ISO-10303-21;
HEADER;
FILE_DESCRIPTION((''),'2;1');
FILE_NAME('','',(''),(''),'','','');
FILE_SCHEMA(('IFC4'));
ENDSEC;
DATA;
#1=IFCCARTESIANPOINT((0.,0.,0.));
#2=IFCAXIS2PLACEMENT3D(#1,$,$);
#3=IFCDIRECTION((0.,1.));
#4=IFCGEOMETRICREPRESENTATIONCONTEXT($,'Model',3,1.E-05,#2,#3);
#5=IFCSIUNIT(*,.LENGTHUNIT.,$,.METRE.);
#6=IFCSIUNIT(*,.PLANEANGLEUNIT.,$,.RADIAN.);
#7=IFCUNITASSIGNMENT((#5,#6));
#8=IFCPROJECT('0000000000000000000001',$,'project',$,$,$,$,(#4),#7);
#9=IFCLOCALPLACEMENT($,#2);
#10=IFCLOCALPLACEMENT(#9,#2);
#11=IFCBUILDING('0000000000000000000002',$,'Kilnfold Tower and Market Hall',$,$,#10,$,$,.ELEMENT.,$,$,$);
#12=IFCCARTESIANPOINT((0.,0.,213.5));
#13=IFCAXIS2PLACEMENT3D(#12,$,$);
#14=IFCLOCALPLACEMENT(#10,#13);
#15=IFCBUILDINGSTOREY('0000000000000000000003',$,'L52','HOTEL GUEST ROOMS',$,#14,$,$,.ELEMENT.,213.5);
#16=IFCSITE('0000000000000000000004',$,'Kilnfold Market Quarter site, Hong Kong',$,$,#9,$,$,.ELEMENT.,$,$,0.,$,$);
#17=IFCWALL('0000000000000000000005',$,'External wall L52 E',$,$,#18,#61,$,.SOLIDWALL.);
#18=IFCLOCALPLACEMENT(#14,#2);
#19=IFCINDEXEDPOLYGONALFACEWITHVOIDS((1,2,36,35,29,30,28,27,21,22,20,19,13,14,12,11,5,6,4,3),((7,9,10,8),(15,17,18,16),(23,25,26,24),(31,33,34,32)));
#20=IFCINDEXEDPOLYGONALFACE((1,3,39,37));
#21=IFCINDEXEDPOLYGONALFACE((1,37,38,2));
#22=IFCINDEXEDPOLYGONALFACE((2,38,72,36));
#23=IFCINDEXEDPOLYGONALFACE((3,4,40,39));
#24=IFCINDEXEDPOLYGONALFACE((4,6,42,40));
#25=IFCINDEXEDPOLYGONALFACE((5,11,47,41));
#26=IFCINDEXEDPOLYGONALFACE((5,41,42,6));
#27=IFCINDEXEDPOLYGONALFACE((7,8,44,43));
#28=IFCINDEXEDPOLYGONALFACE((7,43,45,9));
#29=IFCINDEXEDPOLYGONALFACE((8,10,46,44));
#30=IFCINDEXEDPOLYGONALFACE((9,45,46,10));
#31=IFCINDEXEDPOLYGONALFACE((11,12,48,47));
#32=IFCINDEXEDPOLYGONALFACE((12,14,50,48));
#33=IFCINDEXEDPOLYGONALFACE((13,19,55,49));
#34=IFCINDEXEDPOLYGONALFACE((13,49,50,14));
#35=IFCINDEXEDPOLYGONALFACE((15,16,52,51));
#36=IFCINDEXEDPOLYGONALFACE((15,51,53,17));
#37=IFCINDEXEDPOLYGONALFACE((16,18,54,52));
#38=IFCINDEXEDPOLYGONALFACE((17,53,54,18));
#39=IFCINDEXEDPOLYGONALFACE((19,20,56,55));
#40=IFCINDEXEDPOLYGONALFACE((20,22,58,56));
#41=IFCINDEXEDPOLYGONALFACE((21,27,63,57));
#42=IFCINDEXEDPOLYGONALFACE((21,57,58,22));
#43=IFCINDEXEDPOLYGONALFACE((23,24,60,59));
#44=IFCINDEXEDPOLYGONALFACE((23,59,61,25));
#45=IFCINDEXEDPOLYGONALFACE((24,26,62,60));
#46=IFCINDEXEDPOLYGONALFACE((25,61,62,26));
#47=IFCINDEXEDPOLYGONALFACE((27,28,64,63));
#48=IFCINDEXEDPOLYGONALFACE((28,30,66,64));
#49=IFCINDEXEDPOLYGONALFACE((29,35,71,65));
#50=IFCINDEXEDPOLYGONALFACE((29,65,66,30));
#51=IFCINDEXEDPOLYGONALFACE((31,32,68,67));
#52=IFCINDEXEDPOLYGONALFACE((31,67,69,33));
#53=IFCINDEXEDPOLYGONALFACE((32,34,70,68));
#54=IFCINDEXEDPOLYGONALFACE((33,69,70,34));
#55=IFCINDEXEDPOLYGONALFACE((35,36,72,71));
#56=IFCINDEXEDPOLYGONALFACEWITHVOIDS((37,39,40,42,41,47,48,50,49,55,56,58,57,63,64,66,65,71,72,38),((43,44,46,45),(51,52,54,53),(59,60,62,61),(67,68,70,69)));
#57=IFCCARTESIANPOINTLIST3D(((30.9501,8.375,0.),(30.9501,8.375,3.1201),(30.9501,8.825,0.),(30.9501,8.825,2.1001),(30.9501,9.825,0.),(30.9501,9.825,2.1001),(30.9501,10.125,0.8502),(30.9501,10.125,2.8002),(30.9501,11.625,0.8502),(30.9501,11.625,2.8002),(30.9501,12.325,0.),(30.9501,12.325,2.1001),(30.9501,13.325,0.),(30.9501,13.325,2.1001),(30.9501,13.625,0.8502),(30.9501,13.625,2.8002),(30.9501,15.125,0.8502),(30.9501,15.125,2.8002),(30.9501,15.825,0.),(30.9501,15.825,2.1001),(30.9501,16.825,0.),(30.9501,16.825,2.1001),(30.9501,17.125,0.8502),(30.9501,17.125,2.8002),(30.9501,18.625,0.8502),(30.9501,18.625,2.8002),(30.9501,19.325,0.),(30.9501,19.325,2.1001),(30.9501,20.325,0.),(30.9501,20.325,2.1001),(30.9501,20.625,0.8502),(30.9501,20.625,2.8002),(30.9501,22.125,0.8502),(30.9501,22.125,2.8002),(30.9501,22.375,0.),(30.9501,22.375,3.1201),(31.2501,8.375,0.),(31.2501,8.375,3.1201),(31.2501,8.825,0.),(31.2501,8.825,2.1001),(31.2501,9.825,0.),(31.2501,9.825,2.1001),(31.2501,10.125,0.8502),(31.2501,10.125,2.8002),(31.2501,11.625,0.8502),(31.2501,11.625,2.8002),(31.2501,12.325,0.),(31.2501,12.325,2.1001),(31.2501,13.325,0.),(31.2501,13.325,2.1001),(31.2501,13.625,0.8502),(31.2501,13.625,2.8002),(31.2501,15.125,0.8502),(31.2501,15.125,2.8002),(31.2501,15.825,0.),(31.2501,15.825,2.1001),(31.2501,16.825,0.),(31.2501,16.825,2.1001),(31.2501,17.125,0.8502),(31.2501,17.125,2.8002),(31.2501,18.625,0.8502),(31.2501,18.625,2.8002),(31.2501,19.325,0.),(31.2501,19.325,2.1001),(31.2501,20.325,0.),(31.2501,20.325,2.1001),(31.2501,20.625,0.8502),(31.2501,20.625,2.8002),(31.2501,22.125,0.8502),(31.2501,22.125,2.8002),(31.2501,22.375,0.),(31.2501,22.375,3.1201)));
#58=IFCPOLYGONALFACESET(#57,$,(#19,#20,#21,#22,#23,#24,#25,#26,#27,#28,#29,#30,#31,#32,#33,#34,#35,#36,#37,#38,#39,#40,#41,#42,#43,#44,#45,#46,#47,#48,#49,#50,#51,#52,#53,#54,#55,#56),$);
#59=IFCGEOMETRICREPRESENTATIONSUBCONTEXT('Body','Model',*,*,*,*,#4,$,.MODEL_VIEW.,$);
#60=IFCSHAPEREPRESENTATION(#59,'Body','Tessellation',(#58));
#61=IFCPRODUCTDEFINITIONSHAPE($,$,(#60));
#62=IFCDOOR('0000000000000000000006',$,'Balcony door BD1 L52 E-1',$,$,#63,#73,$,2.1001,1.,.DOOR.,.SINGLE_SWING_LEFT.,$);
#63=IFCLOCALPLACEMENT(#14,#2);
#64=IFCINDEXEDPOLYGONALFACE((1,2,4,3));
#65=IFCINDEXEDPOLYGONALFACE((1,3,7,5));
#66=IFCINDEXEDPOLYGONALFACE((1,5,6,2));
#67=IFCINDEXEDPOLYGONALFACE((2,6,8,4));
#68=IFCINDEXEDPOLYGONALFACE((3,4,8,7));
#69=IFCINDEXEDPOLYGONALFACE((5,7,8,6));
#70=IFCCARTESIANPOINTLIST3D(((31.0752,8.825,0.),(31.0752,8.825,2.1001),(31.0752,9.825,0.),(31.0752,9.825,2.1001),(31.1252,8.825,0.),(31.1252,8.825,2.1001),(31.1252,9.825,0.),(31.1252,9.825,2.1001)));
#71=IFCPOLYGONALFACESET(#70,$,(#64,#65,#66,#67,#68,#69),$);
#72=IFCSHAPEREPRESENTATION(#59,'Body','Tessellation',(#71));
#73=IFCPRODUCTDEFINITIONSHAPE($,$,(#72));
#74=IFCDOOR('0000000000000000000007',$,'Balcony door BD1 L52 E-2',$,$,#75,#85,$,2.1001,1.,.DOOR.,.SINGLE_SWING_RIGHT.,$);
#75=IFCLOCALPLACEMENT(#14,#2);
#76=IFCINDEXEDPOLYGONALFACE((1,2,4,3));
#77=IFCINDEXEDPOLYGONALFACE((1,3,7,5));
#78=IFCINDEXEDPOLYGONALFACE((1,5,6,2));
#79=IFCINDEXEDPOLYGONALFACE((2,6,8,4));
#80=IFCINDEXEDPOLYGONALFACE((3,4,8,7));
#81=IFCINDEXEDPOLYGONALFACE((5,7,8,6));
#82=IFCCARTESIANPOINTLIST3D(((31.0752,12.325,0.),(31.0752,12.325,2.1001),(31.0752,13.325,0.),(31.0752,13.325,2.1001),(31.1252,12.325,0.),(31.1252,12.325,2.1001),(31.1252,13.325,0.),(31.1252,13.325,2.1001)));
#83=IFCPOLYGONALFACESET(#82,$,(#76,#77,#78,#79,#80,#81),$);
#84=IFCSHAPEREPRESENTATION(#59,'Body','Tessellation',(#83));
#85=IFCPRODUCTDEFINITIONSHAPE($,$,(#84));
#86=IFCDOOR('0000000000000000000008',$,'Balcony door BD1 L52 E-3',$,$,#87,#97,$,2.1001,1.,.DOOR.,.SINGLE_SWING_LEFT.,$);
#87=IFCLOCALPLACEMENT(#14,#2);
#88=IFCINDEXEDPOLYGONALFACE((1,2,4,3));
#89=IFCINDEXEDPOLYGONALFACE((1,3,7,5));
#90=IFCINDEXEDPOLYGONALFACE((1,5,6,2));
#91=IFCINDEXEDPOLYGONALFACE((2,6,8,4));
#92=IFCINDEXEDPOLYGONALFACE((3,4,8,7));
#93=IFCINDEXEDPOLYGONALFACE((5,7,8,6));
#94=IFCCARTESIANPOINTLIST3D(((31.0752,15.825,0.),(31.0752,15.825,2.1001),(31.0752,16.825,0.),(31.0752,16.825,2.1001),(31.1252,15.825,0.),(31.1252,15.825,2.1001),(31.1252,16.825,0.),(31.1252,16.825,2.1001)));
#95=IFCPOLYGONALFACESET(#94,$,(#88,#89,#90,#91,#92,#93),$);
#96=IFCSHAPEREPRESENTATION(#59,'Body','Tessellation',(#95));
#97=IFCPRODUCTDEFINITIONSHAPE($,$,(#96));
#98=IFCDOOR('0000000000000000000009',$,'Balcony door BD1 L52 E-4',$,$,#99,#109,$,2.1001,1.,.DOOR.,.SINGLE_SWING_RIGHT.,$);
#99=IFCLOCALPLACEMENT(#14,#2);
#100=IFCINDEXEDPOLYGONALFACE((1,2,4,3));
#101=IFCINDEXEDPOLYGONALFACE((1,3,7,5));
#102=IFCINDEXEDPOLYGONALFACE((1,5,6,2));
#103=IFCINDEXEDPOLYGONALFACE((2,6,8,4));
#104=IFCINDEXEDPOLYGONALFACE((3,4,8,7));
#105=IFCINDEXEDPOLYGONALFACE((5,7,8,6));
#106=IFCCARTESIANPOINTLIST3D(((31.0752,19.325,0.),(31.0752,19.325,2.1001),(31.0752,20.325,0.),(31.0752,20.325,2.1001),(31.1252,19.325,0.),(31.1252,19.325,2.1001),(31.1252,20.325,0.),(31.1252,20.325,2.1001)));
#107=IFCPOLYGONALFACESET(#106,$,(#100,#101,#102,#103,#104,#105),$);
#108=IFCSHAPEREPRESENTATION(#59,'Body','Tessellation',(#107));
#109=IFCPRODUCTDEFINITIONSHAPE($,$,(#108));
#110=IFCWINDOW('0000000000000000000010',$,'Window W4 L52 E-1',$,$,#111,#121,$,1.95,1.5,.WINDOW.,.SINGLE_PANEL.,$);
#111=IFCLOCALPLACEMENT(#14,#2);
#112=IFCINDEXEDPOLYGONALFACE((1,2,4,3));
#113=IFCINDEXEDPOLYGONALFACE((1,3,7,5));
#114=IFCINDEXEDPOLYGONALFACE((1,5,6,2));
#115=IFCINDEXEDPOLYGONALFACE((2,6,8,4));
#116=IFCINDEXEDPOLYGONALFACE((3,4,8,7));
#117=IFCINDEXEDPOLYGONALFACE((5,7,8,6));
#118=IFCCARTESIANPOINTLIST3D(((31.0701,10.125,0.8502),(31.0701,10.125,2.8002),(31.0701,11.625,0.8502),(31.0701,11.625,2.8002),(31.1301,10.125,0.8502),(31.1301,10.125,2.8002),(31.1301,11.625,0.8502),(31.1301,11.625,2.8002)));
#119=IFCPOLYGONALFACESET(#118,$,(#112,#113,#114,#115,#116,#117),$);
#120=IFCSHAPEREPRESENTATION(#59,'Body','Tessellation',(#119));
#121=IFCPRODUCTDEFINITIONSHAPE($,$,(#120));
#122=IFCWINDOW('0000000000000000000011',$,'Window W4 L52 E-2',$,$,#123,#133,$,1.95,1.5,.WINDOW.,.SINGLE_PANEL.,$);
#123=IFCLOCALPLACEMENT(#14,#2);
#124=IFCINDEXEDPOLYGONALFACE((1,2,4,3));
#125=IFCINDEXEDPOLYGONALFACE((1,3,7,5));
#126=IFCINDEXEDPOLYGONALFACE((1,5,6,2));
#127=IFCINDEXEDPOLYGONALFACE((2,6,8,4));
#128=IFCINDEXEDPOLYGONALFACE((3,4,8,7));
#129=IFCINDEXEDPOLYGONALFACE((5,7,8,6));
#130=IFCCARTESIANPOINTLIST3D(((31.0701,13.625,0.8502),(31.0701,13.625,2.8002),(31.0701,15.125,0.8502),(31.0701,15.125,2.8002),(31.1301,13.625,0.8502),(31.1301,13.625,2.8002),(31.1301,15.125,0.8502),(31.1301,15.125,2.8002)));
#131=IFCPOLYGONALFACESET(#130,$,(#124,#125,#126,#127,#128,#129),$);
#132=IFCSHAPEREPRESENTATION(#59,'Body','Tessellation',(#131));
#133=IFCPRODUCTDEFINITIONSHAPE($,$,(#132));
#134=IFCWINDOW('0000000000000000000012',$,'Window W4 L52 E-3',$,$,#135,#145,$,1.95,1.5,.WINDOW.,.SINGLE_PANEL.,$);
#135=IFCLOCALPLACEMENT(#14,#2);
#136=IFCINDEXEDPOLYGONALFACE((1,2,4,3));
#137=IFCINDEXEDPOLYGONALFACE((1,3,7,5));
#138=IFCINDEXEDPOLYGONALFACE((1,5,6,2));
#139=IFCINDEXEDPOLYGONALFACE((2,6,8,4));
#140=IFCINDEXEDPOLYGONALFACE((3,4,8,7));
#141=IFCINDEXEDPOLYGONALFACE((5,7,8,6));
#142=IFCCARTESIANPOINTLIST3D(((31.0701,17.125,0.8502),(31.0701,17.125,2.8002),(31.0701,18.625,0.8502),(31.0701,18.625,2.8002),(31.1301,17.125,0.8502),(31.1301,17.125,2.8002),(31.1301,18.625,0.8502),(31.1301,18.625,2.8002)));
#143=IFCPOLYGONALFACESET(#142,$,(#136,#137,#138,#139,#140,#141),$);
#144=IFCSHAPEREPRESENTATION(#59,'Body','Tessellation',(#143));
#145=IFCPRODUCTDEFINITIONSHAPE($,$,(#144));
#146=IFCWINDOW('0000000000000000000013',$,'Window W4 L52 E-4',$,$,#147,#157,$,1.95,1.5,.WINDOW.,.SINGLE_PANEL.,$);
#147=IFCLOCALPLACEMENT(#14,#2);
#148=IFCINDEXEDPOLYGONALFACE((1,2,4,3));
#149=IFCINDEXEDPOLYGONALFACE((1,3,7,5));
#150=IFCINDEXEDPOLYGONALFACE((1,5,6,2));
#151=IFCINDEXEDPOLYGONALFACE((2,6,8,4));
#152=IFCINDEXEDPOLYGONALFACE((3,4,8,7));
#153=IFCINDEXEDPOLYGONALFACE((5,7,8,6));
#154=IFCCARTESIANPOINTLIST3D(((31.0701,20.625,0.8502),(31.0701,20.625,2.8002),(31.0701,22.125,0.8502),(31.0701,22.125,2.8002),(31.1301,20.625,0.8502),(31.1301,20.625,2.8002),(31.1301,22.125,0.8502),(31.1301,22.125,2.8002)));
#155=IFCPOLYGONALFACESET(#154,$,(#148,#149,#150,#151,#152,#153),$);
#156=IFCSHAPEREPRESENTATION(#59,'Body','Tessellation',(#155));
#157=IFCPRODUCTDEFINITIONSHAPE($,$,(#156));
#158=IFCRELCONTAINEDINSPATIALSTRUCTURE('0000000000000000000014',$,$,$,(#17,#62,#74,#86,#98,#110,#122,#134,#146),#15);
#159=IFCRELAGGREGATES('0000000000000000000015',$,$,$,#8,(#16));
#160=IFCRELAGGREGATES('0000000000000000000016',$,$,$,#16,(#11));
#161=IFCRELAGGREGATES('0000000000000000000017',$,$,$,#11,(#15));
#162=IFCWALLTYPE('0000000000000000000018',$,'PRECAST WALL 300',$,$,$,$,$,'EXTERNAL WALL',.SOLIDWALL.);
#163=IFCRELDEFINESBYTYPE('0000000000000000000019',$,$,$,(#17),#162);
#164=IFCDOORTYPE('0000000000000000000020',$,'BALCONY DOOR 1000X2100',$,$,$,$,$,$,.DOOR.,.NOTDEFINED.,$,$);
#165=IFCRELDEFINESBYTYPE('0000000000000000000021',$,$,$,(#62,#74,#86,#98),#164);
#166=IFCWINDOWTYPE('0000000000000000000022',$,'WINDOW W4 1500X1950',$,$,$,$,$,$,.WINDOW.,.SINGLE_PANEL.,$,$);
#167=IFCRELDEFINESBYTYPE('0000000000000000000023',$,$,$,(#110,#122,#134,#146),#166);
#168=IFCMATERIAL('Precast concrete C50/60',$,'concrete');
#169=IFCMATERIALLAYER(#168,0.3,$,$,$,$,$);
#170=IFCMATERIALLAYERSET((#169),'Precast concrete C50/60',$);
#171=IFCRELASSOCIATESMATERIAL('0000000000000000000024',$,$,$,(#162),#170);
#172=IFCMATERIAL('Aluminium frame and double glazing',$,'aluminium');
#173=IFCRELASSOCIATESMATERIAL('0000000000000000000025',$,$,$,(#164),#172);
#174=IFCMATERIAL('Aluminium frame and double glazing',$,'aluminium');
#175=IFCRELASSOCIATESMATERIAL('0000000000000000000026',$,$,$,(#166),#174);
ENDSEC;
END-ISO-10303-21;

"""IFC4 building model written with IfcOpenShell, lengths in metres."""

from ifc_helpers import new_model, si_unit, direction, frame, frame_2d, origin, place, context, subcontext, project, spatial, rectangle, extrude, source, transform, mapped, material, layer, layer_set, type_object, element, fill, save


model = new_model("IFC4")

# Units and contexts
model_context = context("Model", 3, precision=1e-05, world=origin(), true_north=direction((0.0, 1.0)))
body_context = subcontext(model_context, "Body", "Model", "MODEL_VIEW")
ifc_project = project(units=[si_unit("LENGTHUNIT", "METRE"), si_unit("PLANEANGLEUNIT", "RADIAN")], contexts=[model_context])

# Site, building, storey
site_placement = place(None, origin())
site = spatial("IfcSite", under=ifc_project, at=site_placement, Name="Kilnfold Market Quarter site, Hong Kong", CompositionType="ELEMENT", RefElevation=0.0)
building_placement = place(site_placement, origin())
building = spatial("IfcBuilding", under=site, at=building_placement, Name="Kilnfold Tower and Market Hall", CompositionType="ELEMENT")
storey_placement = place(building_placement, frame((0.0, 0.0, 213.5)))
storey = spatial("IfcBuildingStorey", under=building, at=storey_placement, Name="L52", Description="HOTEL GUEST ROOMS", CompositionType="ELEMENT", Elevation=213.5)

# Wall, openings, doors, windows
ifc_material_1 = material(Name="Precast concrete C50/60", Category="concrete")
ifc_layer_1 = layer(ifc_material_1, 0.3)
ifc_layer_set_1 = layer_set([ifc_layer_1], Name="Precast concrete C50/60")
wall_type_1 = type_object("IfcWallType", Name="PRECAST WALL 300", ElementType="EXTERNAL WALL", PredefinedType="SOLIDWALL", material=ifc_layer_set_1)
shared_shape_1 = source(origin(), body_context, "Body", "SweptSolid", [
    extrude(rectangle(XDim=14.0, YDim=0.3, at=frame_2d((7.0, 0.0))), origin(), (0.0, 0.0, 1.0), 3.1201),
])
wall_1_placement = place(storey_placement, frame((31.1001, 8.375, 0.0), z_axis=(0.0, 0.0, 1.0), x_axis=(0.0, 1.0, 0.0)))
wall_1 = element("IfcWall", 1, at=wall_1_placement, inside=storey, type_object=wall_type_1, Name="External wall L52 E", PredefinedType="SOLIDWALL", context=body_context, shape_type="MappedRepresentation", body=[
    mapped(shared_shape_1, transform((0.0, 0.0, 0.0))),
])
opening_1_placement = place(wall_1_placement, frame((1.75, 0.0, 0.8501)))
opening_1 = element("IfcOpeningElement", 2, at=opening_1_placement, cuts=wall_1, PredefinedType="OPENING", context=body_context, shape_type="SweptSolid", body=[
    extrude(rectangle(XDim=1.5, YDim=1.95, at=frame_2d((0.75, 0.9751))), frame((0.0, 0.1602, 0.0), z_axis=(0.0, -1.0, 0.0), x_axis=(1.0, 0.0, 0.0)), (0.0, 0.0, 1.0), 0.3201),
])
opening_2_placement = place(wall_1_placement, frame((0.45, 0.0, 0.0)))
opening_2 = element("IfcOpeningElement", 3, at=opening_2_placement, cuts=wall_1, PredefinedType="OPENING", context=body_context, shape_type="SweptSolid", body=[
    extrude(rectangle(XDim=1.0, YDim=2.1001, at=frame_2d((0.5, 1.05))), frame((0.0, 0.1602, 0.0), z_axis=(0.0, -1.0, 0.0), x_axis=(1.0, 0.0, 0.0)), (0.0, 0.0, 1.0), 0.3201),
])
opening_3_placement = place(wall_1_placement, frame((5.25, 0.0, 0.8501)))
opening_3 = element("IfcOpeningElement", 4, at=opening_3_placement, cuts=wall_1, PredefinedType="OPENING", context=body_context, shape_type="SweptSolid", body=[
    extrude(rectangle(XDim=1.5, YDim=1.95, at=frame_2d((0.75, 0.9751))), frame((0.0, 0.1602, 0.0), z_axis=(0.0, -1.0, 0.0), x_axis=(1.0, 0.0, 0.0)), (0.0, 0.0, 1.0), 0.3201),
])
opening_4_placement = place(wall_1_placement, frame((3.95, 0.0, 0.0)))
opening_4 = element("IfcOpeningElement", 5, at=opening_4_placement, cuts=wall_1, PredefinedType="OPENING", context=body_context, shape_type="SweptSolid", body=[
    extrude(rectangle(XDim=1.0, YDim=2.1001, at=frame_2d((0.5, 1.05))), frame((0.0, 0.1602, 0.0), z_axis=(0.0, -1.0, 0.0), x_axis=(1.0, 0.0, 0.0)), (0.0, 0.0, 1.0), 0.3201),
])
opening_5_placement = place(wall_1_placement, frame((8.75, 0.0, 0.8501)))
opening_5 = element("IfcOpeningElement", 6, at=opening_5_placement, cuts=wall_1, PredefinedType="OPENING", context=body_context, shape_type="SweptSolid", body=[
    extrude(rectangle(XDim=1.5, YDim=1.95, at=frame_2d((0.75, 0.9751))), frame((0.0, 0.1602, 0.0), z_axis=(0.0, -1.0, 0.0), x_axis=(1.0, 0.0, 0.0)), (0.0, 0.0, 1.0), 0.3201),
])
opening_6_placement = place(wall_1_placement, frame((7.45, 0.0, 0.0)))
opening_6 = element("IfcOpeningElement", 7, at=opening_6_placement, cuts=wall_1, PredefinedType="OPENING", context=body_context, shape_type="SweptSolid", body=[
    extrude(rectangle(XDim=1.0, YDim=2.1001, at=frame_2d((0.5, 1.05))), frame((0.0, 0.1602, 0.0), z_axis=(0.0, -1.0, 0.0), x_axis=(1.0, 0.0, 0.0)), (0.0, 0.0, 1.0), 0.3201),
])
opening_7_placement = place(wall_1_placement, frame((12.25, 0.0, 0.8501)))
opening_7 = element("IfcOpeningElement", 8, at=opening_7_placement, cuts=wall_1, PredefinedType="OPENING", context=body_context, shape_type="SweptSolid", body=[
    extrude(rectangle(XDim=1.5, YDim=1.95, at=frame_2d((0.75, 0.9751))), frame((0.0, 0.1602, 0.0), z_axis=(0.0, -1.0, 0.0), x_axis=(1.0, 0.0, 0.0)), (0.0, 0.0, 1.0), 0.3201),
])
opening_8_placement = place(wall_1_placement, frame((10.95, 0.0, 0.0)))
opening_8 = element("IfcOpeningElement", 9, at=opening_8_placement, cuts=wall_1, PredefinedType="OPENING", context=body_context, shape_type="SweptSolid", body=[
    extrude(rectangle(XDim=1.0, YDim=2.1001, at=frame_2d((0.5, 1.05))), frame((0.0, 0.1602, 0.0), z_axis=(0.0, -1.0, 0.0), x_axis=(1.0, 0.0, 0.0)), (0.0, 0.0, 1.0), 0.3201),
])
ifc_material_2 = material(Name="Aluminium frame and double glazing", Category="aluminium")
door_type_1 = type_object("IfcDoorType", Name="BALCONY DOOR 1000X2100", OperationType="NOTDEFINED", PredefinedType="DOOR", material=ifc_material_2)
door_1_placement = place(opening_2_placement, origin())
door_1 = element("IfcDoor", 10, at=door_1_placement, inside=storey, type_object=door_type_1, Name="Balcony door BD1 L52 E-1", OperationType="SINGLE_SWING_LEFT", OverallHeight=2.1001, OverallWidth=1.0, PredefinedType="DOOR", context=body_context, shape_type="SweptSolid", body=[
    extrude(rectangle(XDim=1.0, YDim=2.1001, at=frame_2d((0.5, 1.05))), frame((0.0, 0.0249, 0.0), z_axis=(0.0, -1.0, 0.0), x_axis=(1.0, 0.0, 0.0)), (0.0, 0.0, 1.0), 0.05),
])
fill(opening_2, door_1)
door_2_placement = place(opening_4_placement, origin())
door_2 = element("IfcDoor", 11, at=door_2_placement, inside=storey, type_object=door_type_1, Name="Balcony door BD1 L52 E-2", OperationType="SINGLE_SWING_RIGHT", OverallHeight=2.1001, OverallWidth=1.0, PredefinedType="DOOR", context=body_context, shape_type="SweptSolid", body=[
    extrude(rectangle(XDim=1.0, YDim=2.1001, at=frame_2d((0.5, 1.05))), frame((0.0, 0.0249, 0.0), z_axis=(0.0, -1.0, 0.0), x_axis=(1.0, 0.0, 0.0)), (0.0, 0.0, 1.0), 0.05),
])
fill(opening_4, door_2)
door_3_placement = place(opening_6_placement, origin())
door_3 = element("IfcDoor", 12, at=door_3_placement, inside=storey, type_object=door_type_1, Name="Balcony door BD1 L52 E-3", OperationType="SINGLE_SWING_LEFT", OverallHeight=2.1001, OverallWidth=1.0, PredefinedType="DOOR", context=body_context, shape_type="SweptSolid", body=[
    extrude(rectangle(XDim=1.0, YDim=2.1001, at=frame_2d((0.5, 1.05))), frame((0.0, 0.0249, 0.0), z_axis=(0.0, -1.0, 0.0), x_axis=(1.0, 0.0, 0.0)), (0.0, 0.0, 1.0), 0.05),
])
fill(opening_6, door_3)
door_4_placement = place(opening_8_placement, origin())
door_4 = element("IfcDoor", 13, at=door_4_placement, inside=storey, type_object=door_type_1, Name="Balcony door BD1 L52 E-4", OperationType="SINGLE_SWING_RIGHT", OverallHeight=2.1001, OverallWidth=1.0, PredefinedType="DOOR", context=body_context, shape_type="SweptSolid", body=[
    extrude(rectangle(XDim=1.0, YDim=2.1001, at=frame_2d((0.5, 1.05))), frame((0.0, 0.0249, 0.0), z_axis=(0.0, -1.0, 0.0), x_axis=(1.0, 0.0, 0.0)), (0.0, 0.0, 1.0), 0.05),
])
fill(opening_8, door_4)
ifc_material_3 = material(Name="Aluminium frame and double glazing", Category="aluminium")
window_type = type_object("IfcWindowType", Name="WINDOW W4 1500X1950", PartitioningType="SINGLE_PANEL", PredefinedType="WINDOW", material=ifc_material_3)
window_1_placement = place(opening_1_placement, origin())
window_1 = element("IfcWindow", 14, at=window_1_placement, inside=storey, type_object=window_type, Name="Window W4 L52 E-1", OverallHeight=1.95, OverallWidth=1.5, PartitioningType="SINGLE_PANEL", PredefinedType="WINDOW", context=body_context, shape_type="SweptSolid", body=[
    extrude(rectangle(XDim=1.5, YDim=1.95, at=frame_2d((0.75, 0.9751))), frame((0.0, 0.03, 0.0), z_axis=(0.0, -1.0, 0.0), x_axis=(1.0, 0.0, 0.0)), (0.0, 0.0, 1.0), 0.0601),
])
fill(opening_1, window_1)
window_2_placement = place(opening_3_placement, origin())
window_2 = element("IfcWindow", 15, at=window_2_placement, inside=storey, type_object=window_type, Name="Window W4 L52 E-2", OverallHeight=1.95, OverallWidth=1.5, PartitioningType="SINGLE_PANEL", PredefinedType="WINDOW", context=body_context, shape_type="SweptSolid", body=[
    extrude(rectangle(XDim=1.5, YDim=1.95, at=frame_2d((0.75, 0.9751))), frame((0.0, 0.03, 0.0), z_axis=(0.0, -1.0, 0.0), x_axis=(1.0, 0.0, 0.0)), (0.0, 0.0, 1.0), 0.0601),
])
fill(opening_3, window_2)
window_3_placement = place(opening_5_placement, origin())
window_3 = element("IfcWindow", 16, at=window_3_placement, inside=storey, type_object=window_type, Name="Window W4 L52 E-3", OverallHeight=1.95, OverallWidth=1.5, PartitioningType="SINGLE_PANEL", PredefinedType="WINDOW", context=body_context, shape_type="SweptSolid", body=[
    extrude(rectangle(XDim=1.5, YDim=1.95, at=frame_2d((0.75, 0.9751))), frame((0.0, 0.03, 0.0), z_axis=(0.0, -1.0, 0.0), x_axis=(1.0, 0.0, 0.0)), (0.0, 0.0, 1.0), 0.0601),
])
fill(opening_5, window_3)
window_4_placement = place(opening_7_placement, origin())
window_4 = element("IfcWindow", 17, at=window_4_placement, inside=storey, type_object=window_type, Name="Window W4 L52 E-4", OverallHeight=1.95, OverallWidth=1.5, PartitioningType="SINGLE_PANEL", PredefinedType="WINDOW", context=body_context, shape_type="SweptSolid", body=[
    extrude(rectangle(XDim=1.5, YDim=1.95, at=frame_2d((0.75, 0.9751))), frame((0.0, 0.03, 0.0), z_axis=(0.0, -1.0, 0.0), x_axis=(1.0, 0.0, 0.0)), (0.0, 0.0, 1.0), 0.0601),
])
fill(opening_7, window_4)

save(model, "model.ifc")
